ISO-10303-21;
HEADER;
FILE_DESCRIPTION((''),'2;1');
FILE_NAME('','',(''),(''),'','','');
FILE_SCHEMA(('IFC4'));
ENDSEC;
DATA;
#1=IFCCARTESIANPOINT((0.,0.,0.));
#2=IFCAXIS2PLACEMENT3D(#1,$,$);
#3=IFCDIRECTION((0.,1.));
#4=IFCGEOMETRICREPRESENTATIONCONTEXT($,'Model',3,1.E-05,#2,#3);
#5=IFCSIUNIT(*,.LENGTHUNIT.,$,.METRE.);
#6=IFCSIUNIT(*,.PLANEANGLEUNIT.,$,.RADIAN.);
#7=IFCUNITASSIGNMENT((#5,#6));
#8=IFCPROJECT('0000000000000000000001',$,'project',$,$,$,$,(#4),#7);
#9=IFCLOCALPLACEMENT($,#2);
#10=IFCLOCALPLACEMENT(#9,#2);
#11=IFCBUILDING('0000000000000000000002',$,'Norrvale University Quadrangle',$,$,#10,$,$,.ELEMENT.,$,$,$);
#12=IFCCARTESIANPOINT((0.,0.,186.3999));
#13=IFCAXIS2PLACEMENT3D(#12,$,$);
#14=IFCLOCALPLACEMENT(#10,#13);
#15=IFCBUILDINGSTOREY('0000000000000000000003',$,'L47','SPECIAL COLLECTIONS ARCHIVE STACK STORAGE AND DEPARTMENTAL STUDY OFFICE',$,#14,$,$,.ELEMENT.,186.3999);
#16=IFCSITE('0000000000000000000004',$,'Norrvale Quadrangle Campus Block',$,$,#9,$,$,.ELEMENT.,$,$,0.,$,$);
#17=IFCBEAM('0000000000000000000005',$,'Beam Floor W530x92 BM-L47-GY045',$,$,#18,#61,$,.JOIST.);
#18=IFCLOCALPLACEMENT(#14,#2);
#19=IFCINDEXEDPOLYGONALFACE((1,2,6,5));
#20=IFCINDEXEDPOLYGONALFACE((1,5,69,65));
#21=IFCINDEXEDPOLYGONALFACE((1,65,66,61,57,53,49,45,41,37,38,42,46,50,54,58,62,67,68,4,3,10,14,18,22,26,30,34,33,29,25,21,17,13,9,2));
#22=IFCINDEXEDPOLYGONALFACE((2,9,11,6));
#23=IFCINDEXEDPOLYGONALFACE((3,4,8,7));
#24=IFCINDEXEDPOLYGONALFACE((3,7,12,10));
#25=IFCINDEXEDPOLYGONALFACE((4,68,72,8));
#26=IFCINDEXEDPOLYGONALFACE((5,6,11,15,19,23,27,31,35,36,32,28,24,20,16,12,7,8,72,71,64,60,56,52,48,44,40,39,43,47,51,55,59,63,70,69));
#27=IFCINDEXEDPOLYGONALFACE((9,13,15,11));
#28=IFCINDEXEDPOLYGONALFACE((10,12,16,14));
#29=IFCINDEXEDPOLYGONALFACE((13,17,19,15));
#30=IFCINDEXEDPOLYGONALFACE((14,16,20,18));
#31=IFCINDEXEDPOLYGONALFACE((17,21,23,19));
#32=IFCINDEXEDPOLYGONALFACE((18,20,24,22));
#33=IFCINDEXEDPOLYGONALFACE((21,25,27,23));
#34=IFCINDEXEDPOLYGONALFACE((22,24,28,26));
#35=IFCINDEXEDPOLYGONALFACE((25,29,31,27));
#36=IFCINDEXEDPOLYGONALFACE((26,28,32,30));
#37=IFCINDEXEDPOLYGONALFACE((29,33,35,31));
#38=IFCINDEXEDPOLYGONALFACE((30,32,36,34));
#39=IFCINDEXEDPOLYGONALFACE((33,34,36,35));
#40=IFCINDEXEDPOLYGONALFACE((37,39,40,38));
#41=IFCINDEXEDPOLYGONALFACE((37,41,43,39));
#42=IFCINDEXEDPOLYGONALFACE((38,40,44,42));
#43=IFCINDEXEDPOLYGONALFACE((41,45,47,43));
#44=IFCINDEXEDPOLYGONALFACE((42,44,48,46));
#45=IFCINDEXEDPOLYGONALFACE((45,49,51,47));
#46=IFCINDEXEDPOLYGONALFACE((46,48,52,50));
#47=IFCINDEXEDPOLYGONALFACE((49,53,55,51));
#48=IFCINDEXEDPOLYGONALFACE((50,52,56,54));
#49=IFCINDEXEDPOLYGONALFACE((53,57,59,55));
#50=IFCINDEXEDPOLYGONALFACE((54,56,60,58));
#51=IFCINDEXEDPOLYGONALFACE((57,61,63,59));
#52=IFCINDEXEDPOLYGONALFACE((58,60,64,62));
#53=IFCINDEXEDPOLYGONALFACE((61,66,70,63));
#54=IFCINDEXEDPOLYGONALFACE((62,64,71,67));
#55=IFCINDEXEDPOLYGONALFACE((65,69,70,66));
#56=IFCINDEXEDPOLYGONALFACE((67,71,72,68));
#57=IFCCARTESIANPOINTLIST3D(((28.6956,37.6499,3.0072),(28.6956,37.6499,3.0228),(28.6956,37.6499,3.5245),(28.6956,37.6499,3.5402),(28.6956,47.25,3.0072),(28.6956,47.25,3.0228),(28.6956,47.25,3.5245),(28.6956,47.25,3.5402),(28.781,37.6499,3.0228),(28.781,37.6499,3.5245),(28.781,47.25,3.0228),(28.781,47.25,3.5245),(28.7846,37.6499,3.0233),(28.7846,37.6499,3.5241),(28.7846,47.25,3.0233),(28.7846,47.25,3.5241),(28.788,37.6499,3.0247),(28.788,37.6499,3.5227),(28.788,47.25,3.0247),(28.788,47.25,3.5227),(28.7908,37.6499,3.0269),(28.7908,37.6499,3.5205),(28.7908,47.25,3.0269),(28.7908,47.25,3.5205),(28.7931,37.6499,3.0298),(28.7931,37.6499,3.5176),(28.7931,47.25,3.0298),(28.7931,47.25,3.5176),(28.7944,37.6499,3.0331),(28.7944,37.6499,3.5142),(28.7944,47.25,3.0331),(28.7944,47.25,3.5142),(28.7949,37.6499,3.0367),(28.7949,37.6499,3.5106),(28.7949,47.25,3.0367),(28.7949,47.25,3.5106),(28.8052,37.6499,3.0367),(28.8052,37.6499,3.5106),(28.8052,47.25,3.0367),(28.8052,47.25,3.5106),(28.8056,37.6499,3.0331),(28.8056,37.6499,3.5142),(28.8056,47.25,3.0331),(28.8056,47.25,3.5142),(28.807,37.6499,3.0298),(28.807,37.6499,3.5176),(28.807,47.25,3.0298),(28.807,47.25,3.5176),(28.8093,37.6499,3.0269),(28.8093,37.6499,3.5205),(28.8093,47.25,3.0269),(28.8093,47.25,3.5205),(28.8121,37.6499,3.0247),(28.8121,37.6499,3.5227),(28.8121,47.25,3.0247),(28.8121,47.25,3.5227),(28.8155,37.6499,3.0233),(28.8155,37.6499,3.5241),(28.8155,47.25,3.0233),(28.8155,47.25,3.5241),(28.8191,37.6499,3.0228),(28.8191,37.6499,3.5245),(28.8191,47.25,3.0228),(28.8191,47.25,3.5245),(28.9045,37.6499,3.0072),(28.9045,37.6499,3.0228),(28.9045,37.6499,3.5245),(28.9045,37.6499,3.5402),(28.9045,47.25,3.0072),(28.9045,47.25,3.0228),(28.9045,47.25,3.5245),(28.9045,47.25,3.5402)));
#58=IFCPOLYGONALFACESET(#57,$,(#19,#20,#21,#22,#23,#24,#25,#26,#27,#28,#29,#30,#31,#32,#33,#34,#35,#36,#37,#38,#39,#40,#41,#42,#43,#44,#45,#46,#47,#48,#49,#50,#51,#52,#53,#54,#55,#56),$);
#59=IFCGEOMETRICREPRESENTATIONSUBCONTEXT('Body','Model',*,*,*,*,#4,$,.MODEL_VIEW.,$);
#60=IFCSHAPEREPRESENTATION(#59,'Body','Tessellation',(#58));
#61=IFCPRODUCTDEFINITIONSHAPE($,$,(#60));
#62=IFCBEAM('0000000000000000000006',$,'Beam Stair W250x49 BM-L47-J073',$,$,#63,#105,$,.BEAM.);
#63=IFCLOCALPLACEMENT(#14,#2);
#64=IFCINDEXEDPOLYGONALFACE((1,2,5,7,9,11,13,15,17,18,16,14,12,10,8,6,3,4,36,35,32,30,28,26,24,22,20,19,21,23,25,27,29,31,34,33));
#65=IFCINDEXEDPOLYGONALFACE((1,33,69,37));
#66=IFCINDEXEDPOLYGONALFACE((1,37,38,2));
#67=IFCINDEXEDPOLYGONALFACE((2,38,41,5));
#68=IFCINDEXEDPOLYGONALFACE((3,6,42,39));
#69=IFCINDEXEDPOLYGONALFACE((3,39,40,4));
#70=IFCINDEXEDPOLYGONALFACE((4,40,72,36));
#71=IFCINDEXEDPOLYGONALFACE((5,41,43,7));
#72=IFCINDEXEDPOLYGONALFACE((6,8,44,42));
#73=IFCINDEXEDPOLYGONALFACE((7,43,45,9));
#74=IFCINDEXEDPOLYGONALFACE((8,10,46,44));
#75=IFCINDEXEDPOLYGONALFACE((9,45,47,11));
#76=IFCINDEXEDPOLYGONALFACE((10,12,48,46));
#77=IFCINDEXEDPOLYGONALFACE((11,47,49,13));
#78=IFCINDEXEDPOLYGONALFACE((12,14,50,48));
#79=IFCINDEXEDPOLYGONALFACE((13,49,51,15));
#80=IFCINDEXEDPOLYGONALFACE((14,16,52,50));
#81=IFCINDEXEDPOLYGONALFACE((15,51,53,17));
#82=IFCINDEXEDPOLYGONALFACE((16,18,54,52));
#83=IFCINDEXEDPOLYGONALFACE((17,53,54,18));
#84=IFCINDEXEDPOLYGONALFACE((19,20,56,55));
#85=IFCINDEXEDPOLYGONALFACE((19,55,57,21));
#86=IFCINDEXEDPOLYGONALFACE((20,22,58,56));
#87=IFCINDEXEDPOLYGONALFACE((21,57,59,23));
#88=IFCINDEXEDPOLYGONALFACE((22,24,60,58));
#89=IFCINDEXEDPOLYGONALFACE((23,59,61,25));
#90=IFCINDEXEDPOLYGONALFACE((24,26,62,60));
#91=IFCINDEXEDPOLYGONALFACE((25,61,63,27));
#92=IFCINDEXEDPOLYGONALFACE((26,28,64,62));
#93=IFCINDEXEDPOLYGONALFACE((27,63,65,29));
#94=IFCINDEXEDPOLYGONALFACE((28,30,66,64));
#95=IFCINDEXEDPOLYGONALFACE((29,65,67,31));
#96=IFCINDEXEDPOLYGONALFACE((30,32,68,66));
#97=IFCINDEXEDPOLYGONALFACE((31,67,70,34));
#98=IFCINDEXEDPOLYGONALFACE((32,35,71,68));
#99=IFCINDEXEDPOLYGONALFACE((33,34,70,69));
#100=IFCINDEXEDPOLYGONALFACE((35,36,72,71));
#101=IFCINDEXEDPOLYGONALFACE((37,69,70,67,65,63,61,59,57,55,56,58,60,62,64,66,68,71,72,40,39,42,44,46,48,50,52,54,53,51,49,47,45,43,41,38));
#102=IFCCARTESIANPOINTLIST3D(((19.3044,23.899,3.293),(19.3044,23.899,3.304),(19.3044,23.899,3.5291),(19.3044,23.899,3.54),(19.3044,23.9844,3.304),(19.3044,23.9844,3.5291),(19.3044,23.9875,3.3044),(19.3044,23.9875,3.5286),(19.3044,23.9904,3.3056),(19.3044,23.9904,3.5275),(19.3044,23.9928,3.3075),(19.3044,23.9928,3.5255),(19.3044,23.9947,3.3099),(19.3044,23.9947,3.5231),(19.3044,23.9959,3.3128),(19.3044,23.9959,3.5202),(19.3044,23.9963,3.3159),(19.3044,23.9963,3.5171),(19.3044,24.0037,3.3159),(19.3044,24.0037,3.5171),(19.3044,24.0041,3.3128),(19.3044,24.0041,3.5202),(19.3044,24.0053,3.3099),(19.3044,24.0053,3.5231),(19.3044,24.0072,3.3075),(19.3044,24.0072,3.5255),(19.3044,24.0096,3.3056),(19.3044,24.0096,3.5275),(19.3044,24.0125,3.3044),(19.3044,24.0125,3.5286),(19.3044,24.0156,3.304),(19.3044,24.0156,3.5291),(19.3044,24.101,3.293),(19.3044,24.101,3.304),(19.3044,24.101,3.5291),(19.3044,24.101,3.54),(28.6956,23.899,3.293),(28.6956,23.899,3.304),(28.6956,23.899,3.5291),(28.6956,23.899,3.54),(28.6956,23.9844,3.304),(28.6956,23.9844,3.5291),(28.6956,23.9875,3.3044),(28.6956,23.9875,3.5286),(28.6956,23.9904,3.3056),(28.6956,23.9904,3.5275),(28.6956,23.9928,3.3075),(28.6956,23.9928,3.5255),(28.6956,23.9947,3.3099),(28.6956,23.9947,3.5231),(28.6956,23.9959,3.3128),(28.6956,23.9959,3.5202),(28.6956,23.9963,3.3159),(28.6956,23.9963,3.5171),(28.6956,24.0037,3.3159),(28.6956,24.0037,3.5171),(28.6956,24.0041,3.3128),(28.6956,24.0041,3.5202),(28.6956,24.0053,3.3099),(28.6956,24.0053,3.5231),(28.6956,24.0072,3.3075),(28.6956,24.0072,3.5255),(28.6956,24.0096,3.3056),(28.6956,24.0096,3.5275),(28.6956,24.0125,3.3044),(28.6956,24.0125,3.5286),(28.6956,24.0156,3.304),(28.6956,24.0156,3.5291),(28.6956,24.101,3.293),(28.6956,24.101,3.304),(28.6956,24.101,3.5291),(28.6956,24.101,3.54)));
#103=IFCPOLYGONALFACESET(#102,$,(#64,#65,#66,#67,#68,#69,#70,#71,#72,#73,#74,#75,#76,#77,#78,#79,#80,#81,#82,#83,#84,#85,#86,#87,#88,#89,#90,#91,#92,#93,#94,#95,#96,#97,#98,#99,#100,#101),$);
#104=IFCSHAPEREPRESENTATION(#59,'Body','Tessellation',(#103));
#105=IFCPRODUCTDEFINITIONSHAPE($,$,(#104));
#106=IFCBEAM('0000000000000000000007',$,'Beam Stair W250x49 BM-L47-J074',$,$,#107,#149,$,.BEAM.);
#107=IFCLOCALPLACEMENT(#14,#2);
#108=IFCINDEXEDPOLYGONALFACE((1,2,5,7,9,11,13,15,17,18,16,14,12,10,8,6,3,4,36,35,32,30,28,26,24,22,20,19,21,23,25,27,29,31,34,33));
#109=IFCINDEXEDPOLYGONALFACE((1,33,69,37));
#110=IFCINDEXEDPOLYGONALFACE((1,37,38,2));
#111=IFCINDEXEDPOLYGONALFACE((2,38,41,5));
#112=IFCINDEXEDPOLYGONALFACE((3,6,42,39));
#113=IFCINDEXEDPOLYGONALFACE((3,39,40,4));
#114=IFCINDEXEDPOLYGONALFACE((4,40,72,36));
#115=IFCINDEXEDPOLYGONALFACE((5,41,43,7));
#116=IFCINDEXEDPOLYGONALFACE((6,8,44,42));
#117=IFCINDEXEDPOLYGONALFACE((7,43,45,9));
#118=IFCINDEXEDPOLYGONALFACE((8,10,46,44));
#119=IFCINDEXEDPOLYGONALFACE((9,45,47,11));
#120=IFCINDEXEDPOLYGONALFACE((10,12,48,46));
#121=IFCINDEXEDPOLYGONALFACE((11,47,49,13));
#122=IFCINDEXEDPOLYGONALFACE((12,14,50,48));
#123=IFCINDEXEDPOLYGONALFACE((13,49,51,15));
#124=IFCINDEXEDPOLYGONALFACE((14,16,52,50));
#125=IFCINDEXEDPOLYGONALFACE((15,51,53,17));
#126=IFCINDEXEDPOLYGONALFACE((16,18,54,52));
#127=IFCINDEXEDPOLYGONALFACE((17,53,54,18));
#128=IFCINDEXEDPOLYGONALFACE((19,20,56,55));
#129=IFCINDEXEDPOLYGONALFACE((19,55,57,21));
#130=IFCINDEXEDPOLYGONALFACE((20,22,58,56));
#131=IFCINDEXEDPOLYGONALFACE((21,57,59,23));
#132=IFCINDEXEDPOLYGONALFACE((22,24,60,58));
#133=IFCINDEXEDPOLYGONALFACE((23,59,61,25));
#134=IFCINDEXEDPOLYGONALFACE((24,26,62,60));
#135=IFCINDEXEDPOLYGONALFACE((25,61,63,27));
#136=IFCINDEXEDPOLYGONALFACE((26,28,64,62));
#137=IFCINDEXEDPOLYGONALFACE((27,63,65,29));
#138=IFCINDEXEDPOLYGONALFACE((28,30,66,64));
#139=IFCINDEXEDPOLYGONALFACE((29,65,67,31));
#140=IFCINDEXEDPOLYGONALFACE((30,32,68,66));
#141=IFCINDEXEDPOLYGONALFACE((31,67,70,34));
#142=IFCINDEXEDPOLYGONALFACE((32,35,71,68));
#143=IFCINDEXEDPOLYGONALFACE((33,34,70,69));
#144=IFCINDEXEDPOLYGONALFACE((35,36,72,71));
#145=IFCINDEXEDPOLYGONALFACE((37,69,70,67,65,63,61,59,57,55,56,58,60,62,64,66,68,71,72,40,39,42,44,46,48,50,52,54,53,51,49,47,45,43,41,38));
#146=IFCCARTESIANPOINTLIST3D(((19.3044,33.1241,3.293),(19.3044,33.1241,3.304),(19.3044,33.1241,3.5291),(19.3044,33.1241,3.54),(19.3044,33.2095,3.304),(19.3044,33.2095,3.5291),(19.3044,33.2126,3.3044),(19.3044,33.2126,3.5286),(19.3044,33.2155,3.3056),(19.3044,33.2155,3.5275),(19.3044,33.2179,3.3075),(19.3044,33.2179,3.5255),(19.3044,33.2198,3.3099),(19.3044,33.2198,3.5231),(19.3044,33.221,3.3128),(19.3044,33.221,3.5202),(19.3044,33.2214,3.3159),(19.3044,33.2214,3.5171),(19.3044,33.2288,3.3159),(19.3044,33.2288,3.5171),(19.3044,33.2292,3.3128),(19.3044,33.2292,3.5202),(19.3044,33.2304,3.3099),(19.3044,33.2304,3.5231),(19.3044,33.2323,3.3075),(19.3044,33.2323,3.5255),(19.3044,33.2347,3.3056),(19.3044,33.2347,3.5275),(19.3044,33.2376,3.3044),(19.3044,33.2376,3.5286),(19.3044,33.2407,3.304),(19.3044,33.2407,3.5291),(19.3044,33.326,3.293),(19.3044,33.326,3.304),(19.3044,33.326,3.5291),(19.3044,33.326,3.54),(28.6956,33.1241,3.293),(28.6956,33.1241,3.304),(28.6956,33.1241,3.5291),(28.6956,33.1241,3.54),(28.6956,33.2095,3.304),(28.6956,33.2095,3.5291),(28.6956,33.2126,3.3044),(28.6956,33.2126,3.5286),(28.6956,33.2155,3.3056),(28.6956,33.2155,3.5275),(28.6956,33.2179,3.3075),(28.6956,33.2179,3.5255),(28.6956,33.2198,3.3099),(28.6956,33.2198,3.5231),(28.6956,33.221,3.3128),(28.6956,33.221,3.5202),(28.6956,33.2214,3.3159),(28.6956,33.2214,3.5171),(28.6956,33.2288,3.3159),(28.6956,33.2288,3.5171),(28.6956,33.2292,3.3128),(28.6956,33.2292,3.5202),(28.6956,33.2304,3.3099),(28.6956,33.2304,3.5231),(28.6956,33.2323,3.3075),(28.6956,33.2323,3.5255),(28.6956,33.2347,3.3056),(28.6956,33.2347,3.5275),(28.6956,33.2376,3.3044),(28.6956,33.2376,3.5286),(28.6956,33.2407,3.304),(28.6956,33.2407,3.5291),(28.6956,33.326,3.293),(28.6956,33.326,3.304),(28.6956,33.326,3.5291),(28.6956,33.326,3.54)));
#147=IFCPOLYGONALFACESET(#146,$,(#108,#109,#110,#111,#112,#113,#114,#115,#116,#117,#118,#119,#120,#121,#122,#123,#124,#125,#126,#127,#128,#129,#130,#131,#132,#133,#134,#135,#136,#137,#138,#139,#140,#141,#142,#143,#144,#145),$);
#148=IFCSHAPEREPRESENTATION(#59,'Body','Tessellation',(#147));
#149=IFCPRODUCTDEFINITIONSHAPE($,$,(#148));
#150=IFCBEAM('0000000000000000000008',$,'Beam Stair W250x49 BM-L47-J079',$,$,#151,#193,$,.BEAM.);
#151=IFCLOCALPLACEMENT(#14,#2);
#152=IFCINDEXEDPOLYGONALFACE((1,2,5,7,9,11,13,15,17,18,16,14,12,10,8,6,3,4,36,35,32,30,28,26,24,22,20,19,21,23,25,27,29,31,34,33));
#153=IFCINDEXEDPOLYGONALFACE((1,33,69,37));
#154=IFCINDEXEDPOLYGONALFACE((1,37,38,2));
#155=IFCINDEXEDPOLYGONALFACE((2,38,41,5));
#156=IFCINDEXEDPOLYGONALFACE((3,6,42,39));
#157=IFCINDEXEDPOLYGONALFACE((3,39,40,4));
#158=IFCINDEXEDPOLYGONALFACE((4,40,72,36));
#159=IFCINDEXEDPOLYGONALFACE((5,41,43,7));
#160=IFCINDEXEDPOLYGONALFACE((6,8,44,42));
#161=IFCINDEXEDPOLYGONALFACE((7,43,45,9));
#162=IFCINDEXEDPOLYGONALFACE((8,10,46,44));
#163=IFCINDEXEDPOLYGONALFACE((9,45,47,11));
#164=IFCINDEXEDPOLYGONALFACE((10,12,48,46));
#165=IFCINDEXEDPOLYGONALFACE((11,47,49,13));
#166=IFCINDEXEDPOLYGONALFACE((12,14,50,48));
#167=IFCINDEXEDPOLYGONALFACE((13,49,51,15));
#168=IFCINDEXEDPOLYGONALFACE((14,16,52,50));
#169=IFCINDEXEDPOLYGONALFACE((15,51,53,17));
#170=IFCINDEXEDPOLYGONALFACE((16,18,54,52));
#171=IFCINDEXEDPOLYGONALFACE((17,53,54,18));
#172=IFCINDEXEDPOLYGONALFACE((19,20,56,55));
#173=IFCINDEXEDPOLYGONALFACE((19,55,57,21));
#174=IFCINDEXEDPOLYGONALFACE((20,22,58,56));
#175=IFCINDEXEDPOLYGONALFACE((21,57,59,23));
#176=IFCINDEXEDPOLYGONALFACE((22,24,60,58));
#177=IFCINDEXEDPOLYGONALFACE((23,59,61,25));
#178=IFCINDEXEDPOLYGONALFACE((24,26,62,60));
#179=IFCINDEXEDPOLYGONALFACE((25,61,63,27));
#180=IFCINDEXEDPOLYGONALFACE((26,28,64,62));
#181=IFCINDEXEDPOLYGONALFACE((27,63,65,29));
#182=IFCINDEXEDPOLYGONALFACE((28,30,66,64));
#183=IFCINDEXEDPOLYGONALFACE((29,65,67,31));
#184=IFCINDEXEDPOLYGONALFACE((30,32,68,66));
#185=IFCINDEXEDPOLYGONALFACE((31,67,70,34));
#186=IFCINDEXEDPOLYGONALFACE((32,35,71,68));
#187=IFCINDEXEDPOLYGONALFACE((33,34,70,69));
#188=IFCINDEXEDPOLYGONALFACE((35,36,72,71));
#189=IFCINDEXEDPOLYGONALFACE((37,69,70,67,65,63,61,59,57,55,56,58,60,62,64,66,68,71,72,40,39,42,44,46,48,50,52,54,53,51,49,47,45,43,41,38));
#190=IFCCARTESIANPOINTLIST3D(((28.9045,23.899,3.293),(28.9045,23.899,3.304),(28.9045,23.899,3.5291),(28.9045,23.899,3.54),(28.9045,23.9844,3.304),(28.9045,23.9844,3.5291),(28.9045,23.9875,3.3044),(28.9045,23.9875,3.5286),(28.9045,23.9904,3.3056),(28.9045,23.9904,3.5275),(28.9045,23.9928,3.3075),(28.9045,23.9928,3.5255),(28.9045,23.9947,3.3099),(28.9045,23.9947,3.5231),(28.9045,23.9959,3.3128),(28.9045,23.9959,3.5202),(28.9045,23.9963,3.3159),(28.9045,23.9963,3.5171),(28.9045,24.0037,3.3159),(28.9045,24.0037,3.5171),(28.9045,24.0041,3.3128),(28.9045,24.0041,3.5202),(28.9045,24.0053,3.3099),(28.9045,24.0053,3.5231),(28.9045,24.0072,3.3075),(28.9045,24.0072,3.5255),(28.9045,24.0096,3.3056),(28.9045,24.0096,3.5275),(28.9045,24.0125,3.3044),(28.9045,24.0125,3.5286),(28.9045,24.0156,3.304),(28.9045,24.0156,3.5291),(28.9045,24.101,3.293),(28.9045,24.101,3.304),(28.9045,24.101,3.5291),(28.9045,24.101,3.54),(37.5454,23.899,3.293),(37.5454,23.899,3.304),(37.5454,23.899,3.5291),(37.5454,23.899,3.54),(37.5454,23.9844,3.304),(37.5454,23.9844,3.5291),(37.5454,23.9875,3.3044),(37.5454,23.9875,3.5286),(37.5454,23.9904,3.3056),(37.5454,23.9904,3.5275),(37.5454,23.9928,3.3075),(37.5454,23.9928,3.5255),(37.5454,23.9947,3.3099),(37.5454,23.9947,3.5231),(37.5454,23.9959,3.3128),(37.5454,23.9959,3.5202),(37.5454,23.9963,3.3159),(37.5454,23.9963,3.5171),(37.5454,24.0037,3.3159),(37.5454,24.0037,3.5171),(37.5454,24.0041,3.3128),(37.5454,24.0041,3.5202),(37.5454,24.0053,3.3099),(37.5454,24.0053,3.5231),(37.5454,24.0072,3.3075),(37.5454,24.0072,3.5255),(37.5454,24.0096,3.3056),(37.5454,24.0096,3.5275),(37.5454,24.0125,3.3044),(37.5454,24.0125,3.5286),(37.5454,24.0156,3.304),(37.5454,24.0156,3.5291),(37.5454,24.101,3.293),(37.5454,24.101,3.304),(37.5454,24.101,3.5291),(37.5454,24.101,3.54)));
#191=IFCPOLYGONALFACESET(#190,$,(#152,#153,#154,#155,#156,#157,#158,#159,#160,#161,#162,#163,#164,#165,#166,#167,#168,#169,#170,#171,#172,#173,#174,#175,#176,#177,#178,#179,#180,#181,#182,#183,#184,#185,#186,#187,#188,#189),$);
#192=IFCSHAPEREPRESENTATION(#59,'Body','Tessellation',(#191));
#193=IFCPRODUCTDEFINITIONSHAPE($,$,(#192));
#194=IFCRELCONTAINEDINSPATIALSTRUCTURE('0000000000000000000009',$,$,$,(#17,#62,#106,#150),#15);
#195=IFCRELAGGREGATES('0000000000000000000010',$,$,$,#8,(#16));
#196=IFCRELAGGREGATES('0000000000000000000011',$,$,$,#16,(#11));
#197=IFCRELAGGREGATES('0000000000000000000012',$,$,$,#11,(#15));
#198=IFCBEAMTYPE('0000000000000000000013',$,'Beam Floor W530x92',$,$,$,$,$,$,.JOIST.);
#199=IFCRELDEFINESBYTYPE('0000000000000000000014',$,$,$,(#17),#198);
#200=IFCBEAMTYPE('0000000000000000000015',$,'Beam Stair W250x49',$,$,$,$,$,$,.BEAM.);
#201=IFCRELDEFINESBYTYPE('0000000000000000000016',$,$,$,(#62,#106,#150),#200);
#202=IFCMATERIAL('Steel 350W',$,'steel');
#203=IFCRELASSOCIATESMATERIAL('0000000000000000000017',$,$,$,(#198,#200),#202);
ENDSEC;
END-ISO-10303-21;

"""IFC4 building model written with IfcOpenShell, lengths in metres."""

from ifc_helpers import new_model, si_unit, direction, frame, origin, origin_2d, place, context, subcontext, project, spatial, i_section, extrude, material, material_profile, profile_set, type_object, element, save


model = new_model("IFC4")

# Units and contexts
model_context = context("Model", 3, precision=1e-05, world=origin(), true_north=direction((0.0, 1.0)))
body_context = subcontext(model_context, "Body", "Model", "MODEL_VIEW")
ifc_project = project(units=[si_unit("LENGTHUNIT", "METRE"), si_unit("PLANEANGLEUNIT", "RADIAN")], contexts=[model_context])

# Site, building, storey
site_placement = place(None, origin())
site = spatial("IfcSite", under=ifc_project, at=site_placement, Name="Norrvale Quadrangle Campus Block", CompositionType="ELEMENT", RefElevation=0.0)
building_placement = place(site_placement, origin())
building = spatial("IfcBuilding", under=site, at=building_placement, Name="Norrvale University Quadrangle", CompositionType="ELEMENT")
storey_placement = place(building_placement, frame((0.0, 0.0, 186.3999)))
storey = spatial("IfcBuildingStorey", under=building, at=storey_placement, Name="L47", Description="SPECIAL COLLECTIONS ARCHIVE STACK STORAGE AND DEPARTMENTAL STUDY OFFICE", CompositionType="ELEMENT", Elevation=186.3999)

# Beams
ifc_material_1 = material(Name="Steel 350W", Category="steel")
ifc_material_profile_1 = material_profile(ifc_material_1, i_section(OverallWidth=0.209, OverallDepth=0.533, WebThickness=0.0103, FlangeThickness=0.0156, FilletRadius=0.0139, at=origin_2d()), Name="Steel 350W")
ifc_profile_set_1 = profile_set([ifc_material_profile_1], Name="Steel 350W")
beam_type_1 = type_object("IfcBeamType", Name="Beam Floor W530x92", PredefinedType="JOIST", material=ifc_profile_set_1)
beam_1_placement = place(storey_placement, frame((28.8, 37.6499, 3.2737), z_axis=(0.0, 1.0, 0.0), x_axis=(-1.0, 0.0, 0.0)))
element("IfcBeam", 1, at=beam_1_placement, inside=storey, type_object=beam_type_1, Name="Beam Floor W530x92 BM-L47-GY045", PredefinedType="JOIST", context=body_context, shape_type="SweptSolid", body=[
    extrude(i_section(OverallWidth=0.209, OverallDepth=0.533, WebThickness=0.0103, FlangeThickness=0.0156, FilletRadius=0.0139, at=origin_2d()), origin(), (0.0, 0.0, 1.0), 9.6001),
])
ifc_material_profile_2 = material_profile(ifc_material_1, i_section(OverallWidth=0.2019, OverallDepth=0.2471, WebThickness=0.0073, FlangeThickness=0.011, FilletRadius=0.012, at=origin_2d()), Name="Steel 350W")
ifc_profile_set_2 = profile_set([ifc_material_profile_2], Name="Steel 350W")
beam_type_2 = type_object("IfcBeamType", Name="Beam Stair W250x49", PredefinedType="BEAM", material=ifc_profile_set_2)
for number, where, z_axis, x_axis, name in (
    (2, (19.3044, 24.0, 3.4165), (1.0, 0.0, 0.0), (0.0, 1.0, 0.0), "Beam Stair W250x49 BM-L47-J073"),
    (3, (19.3044, 33.2251, 3.4165), (1.0, 0.0, 0.0), (0.0, 1.0, 0.0), "Beam Stair W250x49 BM-L47-J074"),
):
    element("IfcBeam", number, at=place(storey_placement, frame(where, z_axis=z_axis, x_axis=x_axis)), inside=storey, type_object=beam_type_2, Name=name, PredefinedType="BEAM", context=body_context, shape_type="SweptSolid", body=[
        extrude(i_section(OverallWidth=0.2019, OverallDepth=0.2471, WebThickness=0.0073, FlangeThickness=0.011, FilletRadius=0.012, at=origin_2d()), origin(), (0.0, 0.0, 1.0), 9.3911),
    ])
for number, where, z_axis, x_axis, name in (
    (4, (28.9045, 24.0, 3.4165), (1.0, 0.0, 0.0), (0.0, 1.0, 0.0), "Beam Stair W250x49 BM-L47-J079"),
):
    element("IfcBeam", number, at=place(storey_placement, frame(where, z_axis=z_axis, x_axis=x_axis)), inside=storey, type_object=beam_type_2, Name=name, PredefinedType="BEAM", context=body_context, shape_type="SweptSolid", body=[
        extrude(i_section(OverallWidth=0.2019, OverallDepth=0.2471, WebThickness=0.0073, FlangeThickness=0.011, FilletRadius=0.012, at=origin_2d()), origin(), (0.0, 0.0, 1.0), 8.6409),
    ])

save(model, "model.ifc")
